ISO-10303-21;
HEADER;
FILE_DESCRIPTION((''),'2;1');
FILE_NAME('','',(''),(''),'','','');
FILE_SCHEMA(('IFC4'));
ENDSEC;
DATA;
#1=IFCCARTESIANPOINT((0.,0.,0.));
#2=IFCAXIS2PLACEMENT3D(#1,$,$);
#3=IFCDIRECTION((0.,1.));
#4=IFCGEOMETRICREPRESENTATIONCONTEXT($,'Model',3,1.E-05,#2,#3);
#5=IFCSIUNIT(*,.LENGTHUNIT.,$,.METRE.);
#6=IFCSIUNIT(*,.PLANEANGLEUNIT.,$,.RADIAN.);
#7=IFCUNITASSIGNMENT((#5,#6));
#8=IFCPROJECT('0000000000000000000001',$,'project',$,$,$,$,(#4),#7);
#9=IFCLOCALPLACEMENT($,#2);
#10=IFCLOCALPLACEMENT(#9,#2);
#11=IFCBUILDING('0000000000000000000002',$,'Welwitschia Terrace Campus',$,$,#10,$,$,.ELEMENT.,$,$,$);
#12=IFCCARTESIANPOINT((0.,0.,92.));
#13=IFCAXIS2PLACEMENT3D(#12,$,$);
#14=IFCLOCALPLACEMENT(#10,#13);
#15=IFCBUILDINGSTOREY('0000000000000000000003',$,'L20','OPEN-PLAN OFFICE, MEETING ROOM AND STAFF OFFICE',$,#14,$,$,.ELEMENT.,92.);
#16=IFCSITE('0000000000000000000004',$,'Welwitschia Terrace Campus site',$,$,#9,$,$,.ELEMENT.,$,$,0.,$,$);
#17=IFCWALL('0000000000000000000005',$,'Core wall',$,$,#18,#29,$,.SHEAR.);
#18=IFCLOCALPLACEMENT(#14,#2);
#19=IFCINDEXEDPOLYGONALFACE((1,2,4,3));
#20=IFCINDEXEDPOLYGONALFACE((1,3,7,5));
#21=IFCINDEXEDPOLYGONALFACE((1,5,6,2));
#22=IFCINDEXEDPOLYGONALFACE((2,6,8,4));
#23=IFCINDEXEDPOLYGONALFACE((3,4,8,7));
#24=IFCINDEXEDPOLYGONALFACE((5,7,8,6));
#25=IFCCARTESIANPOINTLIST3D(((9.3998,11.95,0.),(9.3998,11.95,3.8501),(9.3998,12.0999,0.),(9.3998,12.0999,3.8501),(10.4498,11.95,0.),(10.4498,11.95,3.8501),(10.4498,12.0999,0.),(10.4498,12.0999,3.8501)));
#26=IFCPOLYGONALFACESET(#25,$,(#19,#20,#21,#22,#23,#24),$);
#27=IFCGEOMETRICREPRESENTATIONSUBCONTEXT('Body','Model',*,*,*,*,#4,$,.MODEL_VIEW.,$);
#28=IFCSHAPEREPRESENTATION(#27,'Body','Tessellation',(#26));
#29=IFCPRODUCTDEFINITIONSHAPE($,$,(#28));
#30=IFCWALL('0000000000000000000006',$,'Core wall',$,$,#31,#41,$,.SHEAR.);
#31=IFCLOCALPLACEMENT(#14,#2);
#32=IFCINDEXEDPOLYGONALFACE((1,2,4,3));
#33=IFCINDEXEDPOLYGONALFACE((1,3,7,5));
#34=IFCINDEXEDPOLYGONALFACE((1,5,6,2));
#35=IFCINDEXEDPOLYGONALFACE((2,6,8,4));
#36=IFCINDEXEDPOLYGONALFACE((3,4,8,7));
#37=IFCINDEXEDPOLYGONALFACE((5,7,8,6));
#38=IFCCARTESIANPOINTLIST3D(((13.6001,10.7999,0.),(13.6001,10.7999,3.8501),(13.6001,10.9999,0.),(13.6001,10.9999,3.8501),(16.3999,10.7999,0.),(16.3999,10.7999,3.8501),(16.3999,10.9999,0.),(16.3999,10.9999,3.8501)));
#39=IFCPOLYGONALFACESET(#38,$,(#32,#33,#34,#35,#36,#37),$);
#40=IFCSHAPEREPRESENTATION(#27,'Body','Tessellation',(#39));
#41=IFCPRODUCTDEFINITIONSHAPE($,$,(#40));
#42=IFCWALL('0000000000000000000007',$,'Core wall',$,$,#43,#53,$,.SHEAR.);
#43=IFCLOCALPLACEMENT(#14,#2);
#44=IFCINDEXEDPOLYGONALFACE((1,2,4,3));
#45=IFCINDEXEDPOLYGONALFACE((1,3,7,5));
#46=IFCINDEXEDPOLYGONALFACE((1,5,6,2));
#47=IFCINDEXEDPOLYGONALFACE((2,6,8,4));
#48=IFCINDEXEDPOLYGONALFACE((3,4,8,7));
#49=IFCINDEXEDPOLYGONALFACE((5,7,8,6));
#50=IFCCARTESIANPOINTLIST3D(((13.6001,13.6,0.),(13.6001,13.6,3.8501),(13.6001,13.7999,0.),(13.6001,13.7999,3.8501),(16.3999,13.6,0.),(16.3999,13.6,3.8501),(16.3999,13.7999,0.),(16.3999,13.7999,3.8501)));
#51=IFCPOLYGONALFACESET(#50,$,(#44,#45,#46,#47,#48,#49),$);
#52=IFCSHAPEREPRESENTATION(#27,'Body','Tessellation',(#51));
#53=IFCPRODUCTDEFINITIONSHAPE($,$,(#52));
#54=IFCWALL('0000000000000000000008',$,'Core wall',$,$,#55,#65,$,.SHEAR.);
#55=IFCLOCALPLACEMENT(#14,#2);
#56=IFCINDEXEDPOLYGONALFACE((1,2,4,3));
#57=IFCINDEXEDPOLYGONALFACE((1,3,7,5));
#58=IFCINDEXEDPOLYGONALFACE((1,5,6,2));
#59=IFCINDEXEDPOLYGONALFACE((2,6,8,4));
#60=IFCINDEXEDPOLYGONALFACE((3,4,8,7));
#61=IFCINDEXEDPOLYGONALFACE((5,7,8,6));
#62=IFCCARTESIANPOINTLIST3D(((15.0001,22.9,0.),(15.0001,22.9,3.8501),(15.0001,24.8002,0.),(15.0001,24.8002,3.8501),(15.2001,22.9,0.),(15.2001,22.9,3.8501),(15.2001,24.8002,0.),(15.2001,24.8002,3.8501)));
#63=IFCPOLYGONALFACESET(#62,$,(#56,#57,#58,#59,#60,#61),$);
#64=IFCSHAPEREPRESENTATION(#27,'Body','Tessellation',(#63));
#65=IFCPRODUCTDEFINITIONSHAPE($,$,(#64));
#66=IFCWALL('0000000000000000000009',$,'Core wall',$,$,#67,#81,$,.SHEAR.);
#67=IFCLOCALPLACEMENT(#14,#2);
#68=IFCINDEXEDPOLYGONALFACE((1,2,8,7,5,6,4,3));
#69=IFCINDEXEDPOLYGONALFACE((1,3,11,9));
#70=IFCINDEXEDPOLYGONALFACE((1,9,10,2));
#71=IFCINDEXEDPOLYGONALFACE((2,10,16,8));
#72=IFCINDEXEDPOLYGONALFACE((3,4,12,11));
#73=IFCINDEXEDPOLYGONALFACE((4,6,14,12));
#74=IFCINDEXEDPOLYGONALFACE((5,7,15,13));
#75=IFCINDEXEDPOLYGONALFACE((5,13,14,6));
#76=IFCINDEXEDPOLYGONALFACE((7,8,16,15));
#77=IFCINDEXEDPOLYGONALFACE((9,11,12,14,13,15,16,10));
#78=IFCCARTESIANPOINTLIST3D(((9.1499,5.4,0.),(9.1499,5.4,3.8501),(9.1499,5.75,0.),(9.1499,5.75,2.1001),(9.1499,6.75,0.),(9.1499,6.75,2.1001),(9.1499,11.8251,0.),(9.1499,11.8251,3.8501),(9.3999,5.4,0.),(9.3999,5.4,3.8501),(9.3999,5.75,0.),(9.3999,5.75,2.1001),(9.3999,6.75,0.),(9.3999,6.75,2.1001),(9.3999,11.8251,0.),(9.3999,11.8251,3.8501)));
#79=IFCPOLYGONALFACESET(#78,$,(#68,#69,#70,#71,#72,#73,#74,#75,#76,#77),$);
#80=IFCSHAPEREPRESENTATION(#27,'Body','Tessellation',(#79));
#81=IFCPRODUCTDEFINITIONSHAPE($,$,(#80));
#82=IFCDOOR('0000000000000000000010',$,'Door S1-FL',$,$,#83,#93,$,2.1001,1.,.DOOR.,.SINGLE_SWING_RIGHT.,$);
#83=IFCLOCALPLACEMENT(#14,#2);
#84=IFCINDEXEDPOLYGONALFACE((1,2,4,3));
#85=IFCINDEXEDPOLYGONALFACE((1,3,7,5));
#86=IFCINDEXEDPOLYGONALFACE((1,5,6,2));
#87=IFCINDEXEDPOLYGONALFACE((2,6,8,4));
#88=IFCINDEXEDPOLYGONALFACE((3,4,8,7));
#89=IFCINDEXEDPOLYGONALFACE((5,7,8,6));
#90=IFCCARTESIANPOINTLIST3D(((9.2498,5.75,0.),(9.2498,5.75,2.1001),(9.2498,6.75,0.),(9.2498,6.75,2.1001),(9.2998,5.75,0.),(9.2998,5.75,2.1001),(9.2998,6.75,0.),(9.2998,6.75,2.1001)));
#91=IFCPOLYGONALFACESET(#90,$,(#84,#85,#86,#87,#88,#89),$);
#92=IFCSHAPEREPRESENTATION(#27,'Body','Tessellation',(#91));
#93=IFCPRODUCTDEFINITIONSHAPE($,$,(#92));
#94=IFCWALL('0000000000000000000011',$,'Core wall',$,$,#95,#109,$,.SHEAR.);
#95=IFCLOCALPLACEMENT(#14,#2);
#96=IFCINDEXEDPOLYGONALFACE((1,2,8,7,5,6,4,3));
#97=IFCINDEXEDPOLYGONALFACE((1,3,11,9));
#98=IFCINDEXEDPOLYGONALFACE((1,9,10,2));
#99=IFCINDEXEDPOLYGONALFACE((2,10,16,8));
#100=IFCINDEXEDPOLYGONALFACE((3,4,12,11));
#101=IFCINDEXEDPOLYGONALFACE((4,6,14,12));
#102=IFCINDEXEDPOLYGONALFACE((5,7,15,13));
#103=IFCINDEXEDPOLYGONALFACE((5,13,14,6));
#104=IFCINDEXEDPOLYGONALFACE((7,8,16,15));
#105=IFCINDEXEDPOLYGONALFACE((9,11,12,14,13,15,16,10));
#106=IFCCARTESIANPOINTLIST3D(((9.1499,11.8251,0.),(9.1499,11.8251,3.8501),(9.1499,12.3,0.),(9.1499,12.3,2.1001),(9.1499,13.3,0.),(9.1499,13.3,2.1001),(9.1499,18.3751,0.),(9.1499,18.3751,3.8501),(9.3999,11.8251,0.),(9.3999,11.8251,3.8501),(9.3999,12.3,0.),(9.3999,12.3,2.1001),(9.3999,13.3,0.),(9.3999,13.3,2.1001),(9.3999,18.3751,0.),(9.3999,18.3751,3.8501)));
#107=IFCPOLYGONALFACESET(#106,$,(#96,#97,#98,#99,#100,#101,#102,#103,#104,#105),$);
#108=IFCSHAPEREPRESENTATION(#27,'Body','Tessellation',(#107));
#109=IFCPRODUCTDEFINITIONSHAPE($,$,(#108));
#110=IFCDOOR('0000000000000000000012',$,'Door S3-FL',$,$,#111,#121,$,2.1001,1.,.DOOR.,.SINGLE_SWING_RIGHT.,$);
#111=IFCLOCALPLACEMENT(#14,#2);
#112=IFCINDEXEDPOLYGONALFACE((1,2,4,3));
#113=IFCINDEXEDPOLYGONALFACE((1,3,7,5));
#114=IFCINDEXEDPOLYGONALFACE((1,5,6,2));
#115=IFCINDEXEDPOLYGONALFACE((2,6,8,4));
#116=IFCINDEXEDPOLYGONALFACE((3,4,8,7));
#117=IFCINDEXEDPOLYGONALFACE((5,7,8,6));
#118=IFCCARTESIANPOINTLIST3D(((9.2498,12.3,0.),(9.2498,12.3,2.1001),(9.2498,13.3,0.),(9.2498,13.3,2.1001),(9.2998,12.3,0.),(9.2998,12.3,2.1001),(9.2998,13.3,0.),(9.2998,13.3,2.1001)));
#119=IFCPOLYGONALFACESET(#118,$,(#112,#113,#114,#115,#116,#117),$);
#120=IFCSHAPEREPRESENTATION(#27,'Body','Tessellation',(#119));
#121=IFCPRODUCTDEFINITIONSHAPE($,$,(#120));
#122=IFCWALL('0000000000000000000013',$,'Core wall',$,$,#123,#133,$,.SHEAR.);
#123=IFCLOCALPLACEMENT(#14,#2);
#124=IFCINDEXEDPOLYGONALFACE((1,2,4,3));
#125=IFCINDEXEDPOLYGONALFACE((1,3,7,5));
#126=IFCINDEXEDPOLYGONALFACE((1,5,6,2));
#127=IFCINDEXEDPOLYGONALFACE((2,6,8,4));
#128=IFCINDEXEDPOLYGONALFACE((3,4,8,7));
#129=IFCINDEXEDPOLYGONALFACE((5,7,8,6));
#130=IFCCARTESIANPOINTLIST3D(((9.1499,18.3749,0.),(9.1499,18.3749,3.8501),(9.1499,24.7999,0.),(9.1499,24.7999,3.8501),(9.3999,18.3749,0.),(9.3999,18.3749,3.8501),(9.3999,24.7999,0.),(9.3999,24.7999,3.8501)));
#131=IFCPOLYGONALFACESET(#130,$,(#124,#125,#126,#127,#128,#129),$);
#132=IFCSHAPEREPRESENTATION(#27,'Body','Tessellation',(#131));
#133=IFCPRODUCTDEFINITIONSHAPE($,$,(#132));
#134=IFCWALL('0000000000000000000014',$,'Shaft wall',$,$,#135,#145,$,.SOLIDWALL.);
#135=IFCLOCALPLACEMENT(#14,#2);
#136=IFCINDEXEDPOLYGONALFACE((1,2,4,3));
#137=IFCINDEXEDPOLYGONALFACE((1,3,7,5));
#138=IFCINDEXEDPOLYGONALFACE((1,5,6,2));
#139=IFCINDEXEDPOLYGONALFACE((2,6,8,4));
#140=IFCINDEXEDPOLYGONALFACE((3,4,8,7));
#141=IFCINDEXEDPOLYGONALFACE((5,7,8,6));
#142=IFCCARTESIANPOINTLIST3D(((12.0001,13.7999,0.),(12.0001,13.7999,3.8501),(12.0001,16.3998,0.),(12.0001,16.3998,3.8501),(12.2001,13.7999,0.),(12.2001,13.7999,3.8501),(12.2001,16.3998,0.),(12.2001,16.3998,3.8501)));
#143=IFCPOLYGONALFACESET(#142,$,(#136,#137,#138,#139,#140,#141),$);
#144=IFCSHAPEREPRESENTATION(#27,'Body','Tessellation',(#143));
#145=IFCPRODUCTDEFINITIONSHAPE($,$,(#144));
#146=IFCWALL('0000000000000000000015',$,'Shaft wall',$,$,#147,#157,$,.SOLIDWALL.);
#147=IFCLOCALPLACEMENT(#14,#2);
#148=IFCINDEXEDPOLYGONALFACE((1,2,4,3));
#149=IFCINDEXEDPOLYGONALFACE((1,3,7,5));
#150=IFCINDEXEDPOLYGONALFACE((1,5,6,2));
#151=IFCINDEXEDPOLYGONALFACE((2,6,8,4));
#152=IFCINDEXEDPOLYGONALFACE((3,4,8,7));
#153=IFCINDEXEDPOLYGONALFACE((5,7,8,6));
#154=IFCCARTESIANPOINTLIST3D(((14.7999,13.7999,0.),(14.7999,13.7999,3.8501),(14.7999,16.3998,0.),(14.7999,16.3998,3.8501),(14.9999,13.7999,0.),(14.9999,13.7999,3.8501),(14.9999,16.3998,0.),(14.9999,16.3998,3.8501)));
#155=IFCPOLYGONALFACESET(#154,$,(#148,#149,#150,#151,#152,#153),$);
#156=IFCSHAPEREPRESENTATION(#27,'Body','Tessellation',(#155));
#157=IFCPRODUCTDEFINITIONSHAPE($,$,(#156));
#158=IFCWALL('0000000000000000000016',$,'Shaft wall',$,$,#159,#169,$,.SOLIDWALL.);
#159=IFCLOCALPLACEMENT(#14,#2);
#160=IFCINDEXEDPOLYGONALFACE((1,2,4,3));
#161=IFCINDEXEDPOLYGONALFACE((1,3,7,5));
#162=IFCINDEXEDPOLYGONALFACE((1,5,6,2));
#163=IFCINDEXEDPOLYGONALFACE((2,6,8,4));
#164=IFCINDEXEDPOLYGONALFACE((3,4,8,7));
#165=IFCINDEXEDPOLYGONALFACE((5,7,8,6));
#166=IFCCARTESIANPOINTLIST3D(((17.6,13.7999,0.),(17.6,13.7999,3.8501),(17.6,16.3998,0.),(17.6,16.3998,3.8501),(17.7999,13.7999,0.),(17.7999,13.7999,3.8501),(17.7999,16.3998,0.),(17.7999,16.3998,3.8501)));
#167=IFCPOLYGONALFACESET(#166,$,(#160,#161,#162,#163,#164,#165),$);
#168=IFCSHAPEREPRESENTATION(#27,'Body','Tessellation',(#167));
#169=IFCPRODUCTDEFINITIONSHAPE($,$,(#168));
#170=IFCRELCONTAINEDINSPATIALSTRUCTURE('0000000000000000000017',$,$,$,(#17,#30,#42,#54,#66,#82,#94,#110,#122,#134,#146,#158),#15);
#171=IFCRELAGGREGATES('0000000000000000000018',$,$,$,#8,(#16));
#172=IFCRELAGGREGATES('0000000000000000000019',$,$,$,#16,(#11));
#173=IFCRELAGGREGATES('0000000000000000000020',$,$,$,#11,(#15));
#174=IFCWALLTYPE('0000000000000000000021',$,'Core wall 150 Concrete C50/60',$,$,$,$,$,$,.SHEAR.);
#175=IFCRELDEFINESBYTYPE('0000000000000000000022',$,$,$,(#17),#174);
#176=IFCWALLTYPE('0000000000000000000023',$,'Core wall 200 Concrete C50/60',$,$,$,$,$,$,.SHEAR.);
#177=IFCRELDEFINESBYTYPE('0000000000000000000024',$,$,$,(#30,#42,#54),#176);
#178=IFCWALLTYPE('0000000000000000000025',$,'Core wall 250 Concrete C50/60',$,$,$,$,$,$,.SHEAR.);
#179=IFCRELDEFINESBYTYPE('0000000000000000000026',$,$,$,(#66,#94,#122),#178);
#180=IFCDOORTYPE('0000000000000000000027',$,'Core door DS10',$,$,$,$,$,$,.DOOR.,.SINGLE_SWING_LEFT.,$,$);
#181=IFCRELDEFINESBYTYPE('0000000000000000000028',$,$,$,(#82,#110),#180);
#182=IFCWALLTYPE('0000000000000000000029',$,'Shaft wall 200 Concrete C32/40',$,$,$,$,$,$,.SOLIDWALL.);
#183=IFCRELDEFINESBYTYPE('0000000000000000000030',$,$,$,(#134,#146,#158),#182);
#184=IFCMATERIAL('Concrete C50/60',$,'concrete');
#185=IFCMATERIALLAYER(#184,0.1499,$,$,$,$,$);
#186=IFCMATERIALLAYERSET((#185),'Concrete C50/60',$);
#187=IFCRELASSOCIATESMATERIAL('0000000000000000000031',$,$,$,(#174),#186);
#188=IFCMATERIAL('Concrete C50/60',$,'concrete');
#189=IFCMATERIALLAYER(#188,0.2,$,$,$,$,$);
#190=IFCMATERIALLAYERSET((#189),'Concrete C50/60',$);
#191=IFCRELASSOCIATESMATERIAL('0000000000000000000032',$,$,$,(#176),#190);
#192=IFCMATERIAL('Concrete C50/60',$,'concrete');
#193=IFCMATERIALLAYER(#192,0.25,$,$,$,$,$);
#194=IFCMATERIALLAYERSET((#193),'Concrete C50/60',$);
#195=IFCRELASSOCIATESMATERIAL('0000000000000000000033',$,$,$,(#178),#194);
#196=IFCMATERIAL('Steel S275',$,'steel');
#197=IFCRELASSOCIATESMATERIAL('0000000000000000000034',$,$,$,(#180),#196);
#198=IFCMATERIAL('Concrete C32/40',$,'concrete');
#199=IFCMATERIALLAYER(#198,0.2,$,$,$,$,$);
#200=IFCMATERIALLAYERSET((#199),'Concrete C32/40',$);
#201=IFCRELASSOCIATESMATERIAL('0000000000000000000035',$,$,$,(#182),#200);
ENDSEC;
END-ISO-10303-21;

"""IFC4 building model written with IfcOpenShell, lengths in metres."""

from ifc_helpers import new_model, si_unit, direction, frame, frame_2d, origin, place, context, subcontext, project, spatial, rectangle, extrude, material, layer, layer_set, type_object, element, fill, save


model = new_model("IFC4")

# Units and contexts
model_context = context("Model", 3, precision=1e-05, world=origin(), true_north=direction((0.0, 1.0)))
body_context = subcontext(model_context, "Body", "Model", "MODEL_VIEW")
ifc_project = project(units=[si_unit("LENGTHUNIT", "METRE"), si_unit("PLANEANGLEUNIT", "RADIAN")], contexts=[model_context])

# Site, building, storey
site_placement = place(None, origin())
site = spatial("IfcSite", under=ifc_project, at=site_placement, Name="Welwitschia Terrace Campus site", CompositionType="ELEMENT", RefElevation=0.0)
building_placement = place(site_placement, origin())
building = spatial("IfcBuilding", under=site, at=building_placement, Name="Welwitschia Terrace Campus", CompositionType="ELEMENT")
storey_placement = place(building_placement, frame((0.0, 0.0, 92.0)))
storey = spatial("IfcBuildingStorey", under=building, at=storey_placement, Name="L20", Description="OPEN-PLAN OFFICE, MEETING ROOM AND STAFF OFFICE", CompositionType="ELEMENT", Elevation=92.0)

# Walls
ifc_material_1 = material(Name="Concrete C50/60", Category="concrete")
ifc_layer_1 = layer(ifc_material_1, 0.1499)
ifc_layer_set_1 = layer_set([ifc_layer_1], Name="Concrete C50/60")
wall_type_1 = type_object("IfcWallType", Name="Core wall 150 Concrete C50/60", PredefinedType="SHEAR", material=ifc_layer_set_1)
wall_1_placement = place(storey_placement, frame((9.3999, 12.0249, 0.0), z_axis=(0.0, 0.0, 1.0), x_axis=(1.0, 0.0, 0.0)))
element("IfcWall", 1, at=wall_1_placement, inside=storey, type_object=wall_type_1, Name="Core wall", PredefinedType="SHEAR", context=body_context, shape_type="SweptSolid", body=[
    extrude(rectangle(XDim=1.05, YDim=0.1499, at=frame_2d((0.5249, 0.0))), origin(), (0.0, 0.0, 1.0), 3.8501),
])
ifc_material_2 = material(Name="Concrete C50/60", Category="concrete")
ifc_layer_2 = layer(ifc_material_2, 0.2)
ifc_layer_set_2 = layer_set([ifc_layer_2], Name="Concrete C50/60")
wall_type_2 = type_object("IfcWallType", Name="Core wall 200 Concrete C50/60", PredefinedType="SHEAR", material=ifc_layer_set_2)
for number, where, z_axis, x_axis, name in (
    (2, (13.6001, 10.8999, 0.0), (0.0, 0.0, 1.0), (1.0, 0.0, 0.0), "Core wall"),
    (3, (13.6001, 13.7, 0.0), (0.0, 0.0, 1.0), (1.0, 0.0, 0.0), "Core wall"),
):
    element("IfcWall", number, at=place(storey_placement, frame(where, z_axis=z_axis, x_axis=x_axis)), inside=storey, type_object=wall_type_2, Name=name, PredefinedType="SHEAR", context=body_context, shape_type="SweptSolid", body=[
        extrude(rectangle(XDim=2.7998, YDim=0.2, at=frame_2d((1.3999, 0.0))), origin(), (0.0, 0.0, 1.0), 3.8501),
    ])
wall_2_placement = place(storey_placement, frame((15.1001, 22.8999, 0.0), z_axis=(0.0, 0.0, 1.0), x_axis=(0.0, 1.0, 0.0)))
element("IfcWall", 4, at=wall_2_placement, inside=storey, type_object=wall_type_2, Name="Core wall", PredefinedType="SHEAR", context=body_context, shape_type="SweptSolid", body=[
    extrude(rectangle(XDim=1.9001, YDim=0.2, at=frame_2d((0.9502, 0.0))), origin(), (0.0, 0.0, 1.0), 3.8501),
])

# Walls, openings, doors
ifc_material_3 = material(Name="Concrete C50/60", Category="concrete")
ifc_layer_3 = layer(ifc_material_3, 0.25)
ifc_layer_set_3 = layer_set([ifc_layer_3], Name="Concrete C50/60")
wall_type_3 = type_object("IfcWallType", Name="Core wall 250 Concrete C50/60", PredefinedType="SHEAR", material=ifc_layer_set_3)
wall_3_placement = place(storey_placement, frame((9.2749, 11.825, 0.0), z_axis=(0.0, 0.0, 1.0), x_axis=(0.0, -1.0, 0.0)))
wall_3 = element("IfcWall", 5, at=wall_3_placement, inside=storey, type_object=wall_type_3, Name="Core wall", PredefinedType="SHEAR", context=body_context, shape_type="SweptSolid", body=[
    extrude(rectangle(XDim=6.425, YDim=0.25, at=frame_2d((3.2124, 0.0))), origin(), (0.0, 0.0, 1.0), 3.8501),
])
opening_1_placement = place(wall_3_placement, frame((5.075, 0.0, 0.0)))
opening_1 = element("IfcOpeningElement", 6, at=opening_1_placement, cuts=wall_3, PredefinedType="OPENING", context=body_context, shape_type="SweptSolid", body=[
    extrude(rectangle(XDim=1.0, YDim=2.1001, at=frame_2d((0.5, 1.05))), frame((0.0, 0.135, 0.0), z_axis=(0.0, -1.0, 0.0), x_axis=(1.0, 0.0, 0.0)), (0.0, 0.0, 1.0), 0.27),
])
ifc_material_4 = material(Name="Steel S275", Category="steel")
door_type_1 = type_object("IfcDoorType", Name="Core door DS10", OperationType="SINGLE_SWING_LEFT", PredefinedType="DOOR", material=ifc_material_4)
door_1_placement = place(opening_1_placement, origin())
door_1 = element("IfcDoor", 7, at=door_1_placement, inside=storey, type_object=door_type_1, Name="Door S1-FL", OperationType="SINGLE_SWING_RIGHT", OverallHeight=2.1001, OverallWidth=1.0, PredefinedType="DOOR", context=body_context, shape_type="SweptSolid", body=[
    extrude(rectangle(XDim=1.0, YDim=2.1001, at=frame_2d((0.5, 1.05))), frame((0.0, 0.0249, 0.0), z_axis=(0.0, -1.0, 0.0), x_axis=(1.0, 0.0, 0.0)), (0.0, 0.0, 1.0), 0.05),
])
fill(opening_1, door_1)
wall_4_placement = place(storey_placement, frame((9.2749, 18.375, 0.0), z_axis=(0.0, 0.0, 1.0), x_axis=(0.0, -1.0, 0.0)))
wall_4 = element("IfcWall", 8, at=wall_4_placement, inside=storey, type_object=wall_type_3, Name="Core wall", PredefinedType="SHEAR", context=body_context, shape_type="SweptSolid", body=[
    extrude(rectangle(XDim=6.55, YDim=0.25, at=frame_2d((3.2749, 0.0))), origin(), (0.0, 0.0, 1.0), 3.8501),
])
opening_2_placement = place(wall_4_placement, frame((5.075, 0.0, 0.0)))
opening_2 = element("IfcOpeningElement", 9, at=opening_2_placement, cuts=wall_4, PredefinedType="OPENING", context=body_context, shape_type="SweptSolid", body=[
    extrude(rectangle(XDim=1.0, YDim=2.1001, at=frame_2d((0.5, 1.05))), frame((0.0, 0.135, 0.0), z_axis=(0.0, -1.0, 0.0), x_axis=(1.0, 0.0, 0.0)), (0.0, 0.0, 1.0), 0.27),
])
door_2_placement = place(opening_2_placement, origin())
door_2 = element("IfcDoor", 10, at=door_2_placement, inside=storey, type_object=door_type_1, Name="Door S3-FL", OperationType="SINGLE_SWING_RIGHT", OverallHeight=2.1001, OverallWidth=1.0, PredefinedType="DOOR", context=body_context, shape_type="SweptSolid", body=[
    extrude(rectangle(XDim=1.0, YDim=2.1001, at=frame_2d((0.5, 1.05))), frame((0.0, 0.0249, 0.0), z_axis=(0.0, -1.0, 0.0), x_axis=(1.0, 0.0, 0.0)), (0.0, 0.0, 1.0), 0.05),
])
fill(opening_2, door_2)

# Walls
wall_5_placement = place(storey_placement, frame((9.2749, 18.375, 0.0), z_axis=(0.0, 0.0, 1.0), x_axis=(0.0, 1.0, 0.0)))
element("IfcWall", 11, at=wall_5_placement, inside=storey, type_object=wall_type_3, Name="Core wall", PredefinedType="SHEAR", context=body_context, shape_type="SweptSolid", body=[
    extrude(rectangle(XDim=6.425, YDim=0.25, at=frame_2d((3.2124, 0.0))), origin(), (0.0, 0.0, 1.0), 3.8501),
])
ifc_material_5 = material(Name="Concrete C32/40", Category="concrete")
ifc_layer_4 = layer(ifc_material_5, 0.2)
ifc_layer_set_4 = layer_set([ifc_layer_4], Name="Concrete C32/40")
wall_type_4 = type_object("IfcWallType", Name="Shaft wall 200 Concrete C32/40", PredefinedType="SOLIDWALL", material=ifc_layer_set_4)
for number, where, z_axis, x_axis, name in (
    (12, (12.1001, 13.8, 0.0), (0.0, 0.0, 1.0), (0.0, 1.0, 0.0), "Shaft wall"),
    (13, (14.8999, 13.8, 0.0), (0.0, 0.0, 1.0), (0.0, 1.0, 0.0), "Shaft wall"),
    (14, (17.7, 13.8, 0.0), (0.0, 0.0, 1.0), (0.0, 1.0, 0.0), "Shaft wall"),
):
    element("IfcWall", number, at=place(storey_placement, frame(where, z_axis=z_axis, x_axis=x_axis)), inside=storey, type_object=wall_type_4, Name=name, PredefinedType="SOLIDWALL", context=body_context, shape_type="SweptSolid", body=[
        extrude(rectangle(XDim=2.5999, YDim=0.2, at=frame_2d((1.2998, 0.0))), origin(), (0.0, 0.0, 1.0), 3.8501),
    ])

save(model, "model.ifc")
